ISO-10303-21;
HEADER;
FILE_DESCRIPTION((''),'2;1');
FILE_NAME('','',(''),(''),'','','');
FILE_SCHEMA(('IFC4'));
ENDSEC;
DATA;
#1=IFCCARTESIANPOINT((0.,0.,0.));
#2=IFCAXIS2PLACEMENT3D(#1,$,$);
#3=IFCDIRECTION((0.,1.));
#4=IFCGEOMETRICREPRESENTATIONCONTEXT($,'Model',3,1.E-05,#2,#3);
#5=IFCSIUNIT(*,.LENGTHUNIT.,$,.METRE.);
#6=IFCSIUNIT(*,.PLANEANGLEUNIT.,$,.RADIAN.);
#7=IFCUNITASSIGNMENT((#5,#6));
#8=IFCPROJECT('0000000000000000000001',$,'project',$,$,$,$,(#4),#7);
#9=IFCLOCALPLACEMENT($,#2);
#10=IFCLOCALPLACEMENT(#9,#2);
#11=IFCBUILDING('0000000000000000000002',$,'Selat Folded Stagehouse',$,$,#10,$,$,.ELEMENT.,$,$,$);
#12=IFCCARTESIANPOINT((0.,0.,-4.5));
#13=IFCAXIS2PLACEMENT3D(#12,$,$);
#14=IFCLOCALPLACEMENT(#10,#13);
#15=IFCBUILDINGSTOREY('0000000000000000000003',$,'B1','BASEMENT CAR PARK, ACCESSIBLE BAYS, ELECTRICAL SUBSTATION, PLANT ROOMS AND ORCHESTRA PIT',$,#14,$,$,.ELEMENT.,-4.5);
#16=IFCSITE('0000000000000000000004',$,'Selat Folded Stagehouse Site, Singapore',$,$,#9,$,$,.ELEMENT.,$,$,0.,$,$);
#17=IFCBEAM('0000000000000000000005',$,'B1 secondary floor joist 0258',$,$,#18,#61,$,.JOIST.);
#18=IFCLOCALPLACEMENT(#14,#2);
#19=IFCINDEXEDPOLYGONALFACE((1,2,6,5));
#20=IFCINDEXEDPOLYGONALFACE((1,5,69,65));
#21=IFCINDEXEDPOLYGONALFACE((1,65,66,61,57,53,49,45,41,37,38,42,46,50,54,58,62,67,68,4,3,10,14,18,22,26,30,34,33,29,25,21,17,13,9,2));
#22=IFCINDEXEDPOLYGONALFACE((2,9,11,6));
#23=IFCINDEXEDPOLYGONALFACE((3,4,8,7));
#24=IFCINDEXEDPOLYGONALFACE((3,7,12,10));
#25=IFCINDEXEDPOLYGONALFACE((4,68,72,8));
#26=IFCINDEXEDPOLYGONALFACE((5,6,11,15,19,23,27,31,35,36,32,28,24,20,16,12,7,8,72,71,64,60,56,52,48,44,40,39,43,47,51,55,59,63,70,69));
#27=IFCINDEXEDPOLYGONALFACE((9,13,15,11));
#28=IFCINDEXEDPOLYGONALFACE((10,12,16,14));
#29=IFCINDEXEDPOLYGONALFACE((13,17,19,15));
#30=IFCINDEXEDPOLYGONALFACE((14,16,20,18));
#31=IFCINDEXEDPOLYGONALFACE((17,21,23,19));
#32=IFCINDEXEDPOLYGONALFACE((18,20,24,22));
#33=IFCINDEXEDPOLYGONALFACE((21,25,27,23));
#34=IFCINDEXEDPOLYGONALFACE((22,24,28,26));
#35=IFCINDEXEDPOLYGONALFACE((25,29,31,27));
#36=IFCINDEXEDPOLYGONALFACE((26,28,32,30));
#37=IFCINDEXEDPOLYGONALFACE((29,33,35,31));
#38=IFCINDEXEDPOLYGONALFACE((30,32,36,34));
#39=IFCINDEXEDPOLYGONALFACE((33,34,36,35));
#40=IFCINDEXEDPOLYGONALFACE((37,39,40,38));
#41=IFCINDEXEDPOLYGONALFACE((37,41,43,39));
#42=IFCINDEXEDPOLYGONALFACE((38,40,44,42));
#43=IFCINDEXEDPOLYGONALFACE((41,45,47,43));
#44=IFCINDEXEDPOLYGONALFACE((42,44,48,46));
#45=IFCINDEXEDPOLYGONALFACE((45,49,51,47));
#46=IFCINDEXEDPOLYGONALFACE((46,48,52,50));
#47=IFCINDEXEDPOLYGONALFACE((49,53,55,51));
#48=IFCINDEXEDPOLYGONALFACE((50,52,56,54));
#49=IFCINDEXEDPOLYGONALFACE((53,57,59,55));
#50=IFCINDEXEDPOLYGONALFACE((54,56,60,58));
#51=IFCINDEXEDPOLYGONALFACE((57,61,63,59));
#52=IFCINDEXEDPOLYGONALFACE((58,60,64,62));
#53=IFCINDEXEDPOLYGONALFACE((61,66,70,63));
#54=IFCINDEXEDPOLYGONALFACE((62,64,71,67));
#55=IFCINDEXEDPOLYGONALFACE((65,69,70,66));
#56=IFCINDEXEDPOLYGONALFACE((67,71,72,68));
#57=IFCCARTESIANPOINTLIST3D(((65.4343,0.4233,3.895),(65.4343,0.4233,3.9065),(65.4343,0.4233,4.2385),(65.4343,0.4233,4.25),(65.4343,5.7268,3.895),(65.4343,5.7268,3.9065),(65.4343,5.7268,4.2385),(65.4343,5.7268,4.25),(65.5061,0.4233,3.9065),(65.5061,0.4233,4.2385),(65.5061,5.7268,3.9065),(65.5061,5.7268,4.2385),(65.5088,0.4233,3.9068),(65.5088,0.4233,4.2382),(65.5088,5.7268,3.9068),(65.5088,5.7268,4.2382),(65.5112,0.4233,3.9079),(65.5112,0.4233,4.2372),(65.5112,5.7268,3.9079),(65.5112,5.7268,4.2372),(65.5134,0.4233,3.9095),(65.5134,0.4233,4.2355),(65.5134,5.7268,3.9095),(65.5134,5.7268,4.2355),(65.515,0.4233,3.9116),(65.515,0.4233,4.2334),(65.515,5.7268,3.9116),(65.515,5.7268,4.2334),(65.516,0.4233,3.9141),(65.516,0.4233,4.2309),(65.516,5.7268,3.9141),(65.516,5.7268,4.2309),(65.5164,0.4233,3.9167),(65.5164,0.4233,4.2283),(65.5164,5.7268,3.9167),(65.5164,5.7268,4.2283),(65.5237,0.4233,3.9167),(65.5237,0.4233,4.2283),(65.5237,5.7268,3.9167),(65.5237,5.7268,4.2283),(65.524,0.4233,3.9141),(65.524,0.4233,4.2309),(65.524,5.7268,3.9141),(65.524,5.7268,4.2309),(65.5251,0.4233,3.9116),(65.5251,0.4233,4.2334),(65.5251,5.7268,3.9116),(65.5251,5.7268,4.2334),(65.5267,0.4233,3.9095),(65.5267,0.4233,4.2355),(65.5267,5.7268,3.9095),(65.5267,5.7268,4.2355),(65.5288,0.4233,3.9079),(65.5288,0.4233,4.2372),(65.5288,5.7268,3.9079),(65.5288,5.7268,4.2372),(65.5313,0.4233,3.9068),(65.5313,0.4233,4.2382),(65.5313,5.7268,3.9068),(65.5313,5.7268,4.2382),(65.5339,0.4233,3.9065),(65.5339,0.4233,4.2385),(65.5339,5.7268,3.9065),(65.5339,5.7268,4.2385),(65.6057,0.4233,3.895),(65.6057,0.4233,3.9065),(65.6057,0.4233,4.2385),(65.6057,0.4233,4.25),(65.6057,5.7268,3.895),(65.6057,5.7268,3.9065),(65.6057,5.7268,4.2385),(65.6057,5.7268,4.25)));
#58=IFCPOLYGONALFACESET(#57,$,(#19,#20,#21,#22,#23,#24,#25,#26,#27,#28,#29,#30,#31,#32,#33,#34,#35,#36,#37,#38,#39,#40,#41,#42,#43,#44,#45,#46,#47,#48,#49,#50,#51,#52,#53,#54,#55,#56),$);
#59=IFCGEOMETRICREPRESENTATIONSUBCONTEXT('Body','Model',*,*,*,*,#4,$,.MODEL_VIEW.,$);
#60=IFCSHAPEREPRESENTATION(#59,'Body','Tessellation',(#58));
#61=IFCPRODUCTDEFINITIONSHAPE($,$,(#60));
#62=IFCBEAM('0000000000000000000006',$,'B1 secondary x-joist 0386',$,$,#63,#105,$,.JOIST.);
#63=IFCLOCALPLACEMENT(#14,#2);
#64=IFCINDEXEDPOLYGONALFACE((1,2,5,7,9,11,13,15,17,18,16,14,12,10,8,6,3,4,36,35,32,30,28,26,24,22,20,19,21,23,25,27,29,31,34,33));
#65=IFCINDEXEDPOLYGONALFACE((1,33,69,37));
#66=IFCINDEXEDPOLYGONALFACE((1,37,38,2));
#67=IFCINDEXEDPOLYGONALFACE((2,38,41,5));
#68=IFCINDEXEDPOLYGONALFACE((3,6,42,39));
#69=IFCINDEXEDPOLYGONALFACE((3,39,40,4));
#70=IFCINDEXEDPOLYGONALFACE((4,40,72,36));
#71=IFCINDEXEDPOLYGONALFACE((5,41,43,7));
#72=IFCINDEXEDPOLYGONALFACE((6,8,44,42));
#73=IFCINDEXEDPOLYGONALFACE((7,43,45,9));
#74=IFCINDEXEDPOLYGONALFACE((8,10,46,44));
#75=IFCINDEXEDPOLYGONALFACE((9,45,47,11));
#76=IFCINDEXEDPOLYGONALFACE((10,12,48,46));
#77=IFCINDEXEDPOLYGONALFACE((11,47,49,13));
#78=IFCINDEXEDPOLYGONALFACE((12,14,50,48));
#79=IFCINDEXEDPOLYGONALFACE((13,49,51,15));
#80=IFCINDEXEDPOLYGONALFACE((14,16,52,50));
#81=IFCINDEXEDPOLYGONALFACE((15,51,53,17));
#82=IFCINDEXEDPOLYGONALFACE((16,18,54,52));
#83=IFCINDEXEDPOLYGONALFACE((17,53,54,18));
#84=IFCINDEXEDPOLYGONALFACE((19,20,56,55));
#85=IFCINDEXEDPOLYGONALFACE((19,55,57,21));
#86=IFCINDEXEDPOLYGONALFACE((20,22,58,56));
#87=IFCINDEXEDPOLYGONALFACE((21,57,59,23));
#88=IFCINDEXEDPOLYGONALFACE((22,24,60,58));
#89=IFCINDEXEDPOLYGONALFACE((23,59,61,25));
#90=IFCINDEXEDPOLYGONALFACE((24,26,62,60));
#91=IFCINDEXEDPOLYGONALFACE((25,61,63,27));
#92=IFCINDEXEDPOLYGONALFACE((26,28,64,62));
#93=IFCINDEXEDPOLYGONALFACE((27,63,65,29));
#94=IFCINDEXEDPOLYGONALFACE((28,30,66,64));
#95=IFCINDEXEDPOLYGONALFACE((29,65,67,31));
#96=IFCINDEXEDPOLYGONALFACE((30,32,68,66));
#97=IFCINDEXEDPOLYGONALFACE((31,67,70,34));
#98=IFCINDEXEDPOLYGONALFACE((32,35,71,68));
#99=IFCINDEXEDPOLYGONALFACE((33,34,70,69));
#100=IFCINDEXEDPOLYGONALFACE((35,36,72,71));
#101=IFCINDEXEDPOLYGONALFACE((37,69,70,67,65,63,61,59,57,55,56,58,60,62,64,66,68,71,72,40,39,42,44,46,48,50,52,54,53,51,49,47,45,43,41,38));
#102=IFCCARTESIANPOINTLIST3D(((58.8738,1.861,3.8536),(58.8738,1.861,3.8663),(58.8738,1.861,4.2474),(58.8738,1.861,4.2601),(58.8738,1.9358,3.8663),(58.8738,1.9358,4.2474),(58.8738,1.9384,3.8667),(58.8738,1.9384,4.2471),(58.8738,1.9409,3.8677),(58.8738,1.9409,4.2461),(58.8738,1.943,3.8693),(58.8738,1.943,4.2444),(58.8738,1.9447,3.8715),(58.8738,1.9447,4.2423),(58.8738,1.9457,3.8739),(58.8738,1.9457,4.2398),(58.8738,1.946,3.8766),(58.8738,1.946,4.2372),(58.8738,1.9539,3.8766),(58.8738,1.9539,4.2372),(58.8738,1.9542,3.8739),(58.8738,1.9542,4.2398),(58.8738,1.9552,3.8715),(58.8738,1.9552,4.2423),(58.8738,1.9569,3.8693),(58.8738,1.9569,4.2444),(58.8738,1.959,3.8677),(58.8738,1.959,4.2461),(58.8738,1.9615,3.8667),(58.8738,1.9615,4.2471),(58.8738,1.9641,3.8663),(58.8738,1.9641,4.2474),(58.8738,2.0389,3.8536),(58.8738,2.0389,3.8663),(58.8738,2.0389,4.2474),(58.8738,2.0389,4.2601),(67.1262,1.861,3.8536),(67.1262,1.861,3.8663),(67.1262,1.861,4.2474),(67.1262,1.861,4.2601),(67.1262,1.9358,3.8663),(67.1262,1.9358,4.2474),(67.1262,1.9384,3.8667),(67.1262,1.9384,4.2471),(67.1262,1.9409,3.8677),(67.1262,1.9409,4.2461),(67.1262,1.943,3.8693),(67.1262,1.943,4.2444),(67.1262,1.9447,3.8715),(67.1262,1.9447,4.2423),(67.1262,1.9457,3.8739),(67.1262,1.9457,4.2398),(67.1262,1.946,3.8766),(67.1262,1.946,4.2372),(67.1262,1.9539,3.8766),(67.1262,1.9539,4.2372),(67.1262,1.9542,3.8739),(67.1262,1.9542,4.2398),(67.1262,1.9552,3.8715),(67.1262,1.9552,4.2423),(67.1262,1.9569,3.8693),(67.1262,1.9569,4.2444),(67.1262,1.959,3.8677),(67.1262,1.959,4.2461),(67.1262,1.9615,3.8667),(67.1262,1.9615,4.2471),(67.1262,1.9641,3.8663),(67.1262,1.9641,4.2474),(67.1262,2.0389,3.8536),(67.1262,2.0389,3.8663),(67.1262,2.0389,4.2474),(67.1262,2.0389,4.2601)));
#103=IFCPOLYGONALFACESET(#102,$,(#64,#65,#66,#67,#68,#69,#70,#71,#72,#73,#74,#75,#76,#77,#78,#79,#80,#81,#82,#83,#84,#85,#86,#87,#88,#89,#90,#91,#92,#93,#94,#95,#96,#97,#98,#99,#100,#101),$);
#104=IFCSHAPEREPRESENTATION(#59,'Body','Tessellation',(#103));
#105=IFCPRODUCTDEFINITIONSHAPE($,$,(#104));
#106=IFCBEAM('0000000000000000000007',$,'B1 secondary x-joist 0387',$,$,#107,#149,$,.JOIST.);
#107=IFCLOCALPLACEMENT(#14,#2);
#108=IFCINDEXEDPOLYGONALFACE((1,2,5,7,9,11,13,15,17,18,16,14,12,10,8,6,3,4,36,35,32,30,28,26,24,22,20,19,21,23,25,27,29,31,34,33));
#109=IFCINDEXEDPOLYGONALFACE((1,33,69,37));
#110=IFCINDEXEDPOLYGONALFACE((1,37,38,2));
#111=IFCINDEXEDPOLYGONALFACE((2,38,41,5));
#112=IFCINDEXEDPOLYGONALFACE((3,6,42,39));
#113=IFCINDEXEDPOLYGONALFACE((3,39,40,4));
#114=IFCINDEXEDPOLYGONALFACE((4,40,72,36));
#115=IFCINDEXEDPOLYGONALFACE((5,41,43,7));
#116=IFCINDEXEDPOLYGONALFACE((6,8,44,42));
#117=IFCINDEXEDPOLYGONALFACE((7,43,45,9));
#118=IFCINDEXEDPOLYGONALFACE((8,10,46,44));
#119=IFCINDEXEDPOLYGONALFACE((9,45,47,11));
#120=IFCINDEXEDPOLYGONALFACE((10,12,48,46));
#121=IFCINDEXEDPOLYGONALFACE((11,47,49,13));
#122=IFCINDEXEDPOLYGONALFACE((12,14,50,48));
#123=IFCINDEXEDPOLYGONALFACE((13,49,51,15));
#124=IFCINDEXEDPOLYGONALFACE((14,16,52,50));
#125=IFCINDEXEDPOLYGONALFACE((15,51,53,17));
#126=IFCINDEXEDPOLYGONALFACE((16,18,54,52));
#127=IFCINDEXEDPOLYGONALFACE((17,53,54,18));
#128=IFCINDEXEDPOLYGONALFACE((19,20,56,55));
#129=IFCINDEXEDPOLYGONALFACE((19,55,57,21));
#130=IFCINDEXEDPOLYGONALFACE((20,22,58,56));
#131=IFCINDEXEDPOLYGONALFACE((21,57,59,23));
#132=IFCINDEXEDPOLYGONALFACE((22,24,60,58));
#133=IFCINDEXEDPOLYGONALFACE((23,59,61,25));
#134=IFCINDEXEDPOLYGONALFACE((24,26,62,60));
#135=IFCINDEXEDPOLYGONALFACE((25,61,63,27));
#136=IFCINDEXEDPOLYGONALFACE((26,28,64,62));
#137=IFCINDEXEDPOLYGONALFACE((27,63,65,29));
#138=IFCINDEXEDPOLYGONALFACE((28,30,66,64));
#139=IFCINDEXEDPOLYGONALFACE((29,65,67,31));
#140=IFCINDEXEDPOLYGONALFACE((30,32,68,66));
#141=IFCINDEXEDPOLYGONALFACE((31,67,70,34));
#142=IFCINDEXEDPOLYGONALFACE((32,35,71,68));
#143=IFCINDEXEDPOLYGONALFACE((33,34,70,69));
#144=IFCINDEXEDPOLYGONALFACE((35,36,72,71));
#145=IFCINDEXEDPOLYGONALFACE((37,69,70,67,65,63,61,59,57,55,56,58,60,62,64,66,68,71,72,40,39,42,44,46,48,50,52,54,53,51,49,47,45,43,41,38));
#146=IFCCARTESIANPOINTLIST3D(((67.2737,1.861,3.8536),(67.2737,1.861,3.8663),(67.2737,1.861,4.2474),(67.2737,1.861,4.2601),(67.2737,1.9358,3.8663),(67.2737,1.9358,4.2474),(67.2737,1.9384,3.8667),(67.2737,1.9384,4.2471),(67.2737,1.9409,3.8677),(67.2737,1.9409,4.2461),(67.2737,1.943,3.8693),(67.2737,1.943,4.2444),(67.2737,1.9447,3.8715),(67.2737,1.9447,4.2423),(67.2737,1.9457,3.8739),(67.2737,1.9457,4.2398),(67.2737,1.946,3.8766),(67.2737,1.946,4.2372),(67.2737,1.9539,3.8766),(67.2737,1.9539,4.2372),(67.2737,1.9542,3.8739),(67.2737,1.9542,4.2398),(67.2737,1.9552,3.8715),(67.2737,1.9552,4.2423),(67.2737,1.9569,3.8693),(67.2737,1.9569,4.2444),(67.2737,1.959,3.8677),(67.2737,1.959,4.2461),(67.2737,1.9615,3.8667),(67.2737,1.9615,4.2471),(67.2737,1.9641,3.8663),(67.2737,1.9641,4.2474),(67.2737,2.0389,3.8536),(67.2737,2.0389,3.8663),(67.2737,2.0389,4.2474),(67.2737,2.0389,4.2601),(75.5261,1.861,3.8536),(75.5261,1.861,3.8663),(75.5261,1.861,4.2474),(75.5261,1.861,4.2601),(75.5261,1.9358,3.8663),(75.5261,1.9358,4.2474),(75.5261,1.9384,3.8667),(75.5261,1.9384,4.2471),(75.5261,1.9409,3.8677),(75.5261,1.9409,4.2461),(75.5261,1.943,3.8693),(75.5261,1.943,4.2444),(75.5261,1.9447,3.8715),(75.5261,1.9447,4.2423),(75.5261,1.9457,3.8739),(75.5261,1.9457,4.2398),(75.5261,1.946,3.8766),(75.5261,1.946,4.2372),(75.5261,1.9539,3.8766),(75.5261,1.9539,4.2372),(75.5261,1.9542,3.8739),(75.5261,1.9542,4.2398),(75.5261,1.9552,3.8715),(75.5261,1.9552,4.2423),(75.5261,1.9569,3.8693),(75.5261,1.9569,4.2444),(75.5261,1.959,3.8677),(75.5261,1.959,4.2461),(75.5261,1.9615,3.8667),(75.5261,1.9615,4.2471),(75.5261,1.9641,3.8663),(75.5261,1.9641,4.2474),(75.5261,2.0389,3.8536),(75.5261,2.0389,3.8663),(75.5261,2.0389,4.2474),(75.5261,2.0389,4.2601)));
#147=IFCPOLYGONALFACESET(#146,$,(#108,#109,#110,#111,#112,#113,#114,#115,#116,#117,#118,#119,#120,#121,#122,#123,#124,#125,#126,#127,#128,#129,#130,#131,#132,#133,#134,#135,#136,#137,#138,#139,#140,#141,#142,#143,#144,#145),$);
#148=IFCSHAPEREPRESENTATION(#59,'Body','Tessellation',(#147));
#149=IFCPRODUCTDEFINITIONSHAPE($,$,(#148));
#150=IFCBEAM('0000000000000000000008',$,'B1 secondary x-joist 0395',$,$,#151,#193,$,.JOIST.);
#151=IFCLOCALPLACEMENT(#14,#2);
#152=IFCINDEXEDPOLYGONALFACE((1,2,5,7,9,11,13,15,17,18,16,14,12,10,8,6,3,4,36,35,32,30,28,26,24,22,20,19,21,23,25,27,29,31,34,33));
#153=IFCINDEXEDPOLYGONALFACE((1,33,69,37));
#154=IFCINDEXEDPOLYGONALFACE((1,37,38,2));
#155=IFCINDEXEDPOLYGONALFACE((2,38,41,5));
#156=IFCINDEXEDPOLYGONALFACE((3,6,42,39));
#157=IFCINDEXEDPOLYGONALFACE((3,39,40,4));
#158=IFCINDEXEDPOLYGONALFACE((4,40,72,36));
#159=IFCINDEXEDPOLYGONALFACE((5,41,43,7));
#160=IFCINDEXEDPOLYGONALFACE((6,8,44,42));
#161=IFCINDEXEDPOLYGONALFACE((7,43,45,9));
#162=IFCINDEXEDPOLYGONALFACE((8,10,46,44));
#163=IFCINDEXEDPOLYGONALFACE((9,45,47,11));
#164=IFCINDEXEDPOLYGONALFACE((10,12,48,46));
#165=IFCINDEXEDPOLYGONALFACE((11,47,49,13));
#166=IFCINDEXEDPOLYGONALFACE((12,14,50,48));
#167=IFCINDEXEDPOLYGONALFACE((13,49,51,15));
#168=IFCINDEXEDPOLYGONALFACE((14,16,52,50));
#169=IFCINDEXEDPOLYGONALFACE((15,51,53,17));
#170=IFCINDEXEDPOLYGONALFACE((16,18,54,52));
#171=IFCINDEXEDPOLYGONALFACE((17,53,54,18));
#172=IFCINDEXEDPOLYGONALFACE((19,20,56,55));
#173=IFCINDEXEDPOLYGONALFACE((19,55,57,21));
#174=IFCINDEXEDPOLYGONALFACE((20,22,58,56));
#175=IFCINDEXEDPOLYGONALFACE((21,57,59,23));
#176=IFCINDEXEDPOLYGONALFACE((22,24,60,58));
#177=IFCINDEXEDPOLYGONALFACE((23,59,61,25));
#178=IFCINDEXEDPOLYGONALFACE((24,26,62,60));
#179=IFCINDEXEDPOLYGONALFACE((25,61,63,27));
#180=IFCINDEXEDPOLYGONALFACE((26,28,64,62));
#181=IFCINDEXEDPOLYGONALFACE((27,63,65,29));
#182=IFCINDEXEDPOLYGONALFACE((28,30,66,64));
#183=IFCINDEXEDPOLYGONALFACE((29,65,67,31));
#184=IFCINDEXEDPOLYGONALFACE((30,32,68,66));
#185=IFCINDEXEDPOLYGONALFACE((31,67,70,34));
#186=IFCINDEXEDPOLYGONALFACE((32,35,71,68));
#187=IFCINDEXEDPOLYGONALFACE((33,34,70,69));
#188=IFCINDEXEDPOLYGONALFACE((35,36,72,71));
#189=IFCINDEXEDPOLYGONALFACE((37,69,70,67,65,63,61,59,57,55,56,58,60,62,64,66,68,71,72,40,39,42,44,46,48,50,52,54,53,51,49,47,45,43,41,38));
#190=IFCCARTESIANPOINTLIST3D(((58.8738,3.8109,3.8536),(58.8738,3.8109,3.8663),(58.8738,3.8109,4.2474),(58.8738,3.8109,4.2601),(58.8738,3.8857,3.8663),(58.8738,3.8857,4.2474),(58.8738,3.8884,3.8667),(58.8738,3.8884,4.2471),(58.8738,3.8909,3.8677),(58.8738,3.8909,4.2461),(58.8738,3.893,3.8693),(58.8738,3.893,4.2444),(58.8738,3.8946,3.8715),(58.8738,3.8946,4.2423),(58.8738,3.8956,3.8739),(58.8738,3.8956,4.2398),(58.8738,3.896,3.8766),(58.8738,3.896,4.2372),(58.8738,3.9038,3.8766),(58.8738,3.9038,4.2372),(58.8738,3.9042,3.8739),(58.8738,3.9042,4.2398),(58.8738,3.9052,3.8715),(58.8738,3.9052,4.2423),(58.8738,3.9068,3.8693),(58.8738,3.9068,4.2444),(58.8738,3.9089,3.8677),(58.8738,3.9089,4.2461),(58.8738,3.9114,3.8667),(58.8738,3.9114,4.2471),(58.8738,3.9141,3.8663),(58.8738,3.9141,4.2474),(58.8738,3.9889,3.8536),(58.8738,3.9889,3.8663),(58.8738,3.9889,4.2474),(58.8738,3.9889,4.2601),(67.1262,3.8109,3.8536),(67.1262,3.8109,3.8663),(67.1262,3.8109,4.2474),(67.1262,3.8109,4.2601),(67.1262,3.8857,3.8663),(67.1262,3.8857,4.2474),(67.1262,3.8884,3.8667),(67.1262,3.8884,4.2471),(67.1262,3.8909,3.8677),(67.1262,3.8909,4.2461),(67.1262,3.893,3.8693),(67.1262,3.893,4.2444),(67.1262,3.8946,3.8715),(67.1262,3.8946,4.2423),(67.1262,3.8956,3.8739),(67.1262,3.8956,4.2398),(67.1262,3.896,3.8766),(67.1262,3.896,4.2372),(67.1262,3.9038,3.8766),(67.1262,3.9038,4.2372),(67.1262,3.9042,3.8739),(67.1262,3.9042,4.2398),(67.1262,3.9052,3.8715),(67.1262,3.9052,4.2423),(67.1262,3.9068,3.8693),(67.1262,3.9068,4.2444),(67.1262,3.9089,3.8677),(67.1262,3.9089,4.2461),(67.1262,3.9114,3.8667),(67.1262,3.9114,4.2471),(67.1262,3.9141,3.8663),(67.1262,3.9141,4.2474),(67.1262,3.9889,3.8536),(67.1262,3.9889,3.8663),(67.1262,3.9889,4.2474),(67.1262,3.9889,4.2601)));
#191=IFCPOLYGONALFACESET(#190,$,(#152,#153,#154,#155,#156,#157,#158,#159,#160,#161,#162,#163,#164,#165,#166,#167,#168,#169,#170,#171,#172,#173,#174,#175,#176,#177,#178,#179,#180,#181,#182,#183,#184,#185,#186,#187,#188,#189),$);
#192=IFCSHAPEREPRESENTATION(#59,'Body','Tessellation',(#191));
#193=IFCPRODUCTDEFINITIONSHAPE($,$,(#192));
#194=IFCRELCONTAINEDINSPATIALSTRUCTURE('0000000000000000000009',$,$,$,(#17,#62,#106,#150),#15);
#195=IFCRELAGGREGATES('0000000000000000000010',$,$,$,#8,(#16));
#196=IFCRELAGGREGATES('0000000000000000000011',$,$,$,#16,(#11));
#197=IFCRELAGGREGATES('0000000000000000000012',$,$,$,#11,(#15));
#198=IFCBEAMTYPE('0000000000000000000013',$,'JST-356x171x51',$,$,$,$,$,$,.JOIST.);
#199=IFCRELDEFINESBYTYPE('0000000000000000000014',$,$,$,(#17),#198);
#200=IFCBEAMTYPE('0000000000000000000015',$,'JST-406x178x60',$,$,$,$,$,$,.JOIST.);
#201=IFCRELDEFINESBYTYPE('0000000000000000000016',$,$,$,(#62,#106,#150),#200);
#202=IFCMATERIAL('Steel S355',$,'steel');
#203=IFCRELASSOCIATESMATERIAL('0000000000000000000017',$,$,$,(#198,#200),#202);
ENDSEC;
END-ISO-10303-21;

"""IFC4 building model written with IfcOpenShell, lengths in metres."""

from ifc_helpers import new_model, si_unit, direction, frame, origin, origin_2d, place, context, subcontext, project, spatial, i_section, extrude, material, material_profile, profile_set, type_object, element, save


model = new_model("IFC4")

# Units and contexts
model_context = context("Model", 3, precision=1e-05, world=origin(), true_north=direction((0.0, 1.0)))
body_context = subcontext(model_context, "Body", "Model", "MODEL_VIEW")
ifc_project = project(units=[si_unit("LENGTHUNIT", "METRE"), si_unit("PLANEANGLEUNIT", "RADIAN")], contexts=[model_context])

# Site, building, storey
site_placement = place(None, origin())
site = spatial("IfcSite", under=ifc_project, at=site_placement, Name="Selat Folded Stagehouse Site, Singapore", CompositionType="ELEMENT", RefElevation=0.0)
building_placement = place(site_placement, origin())
building = spatial("IfcBuilding", under=site, at=building_placement, Name="Selat Folded Stagehouse", CompositionType="ELEMENT")
storey_placement = place(building_placement, frame((0.0, 0.0, -4.5)))
storey = spatial("IfcBuildingStorey", under=building, at=storey_placement, Name="B1", Description="BASEMENT CAR PARK, ACCESSIBLE BAYS, ELECTRICAL SUBSTATION, PLANT ROOMS AND ORCHESTRA PIT", CompositionType="ELEMENT", Elevation=-4.5)

# Shared definitions
ifc_material_1 = material(Name="Steel S355", Category="steel")

# Beams
ifc_material_profile_1 = material_profile(ifc_material_1, i_section(OverallWidth=0.1714, OverallDepth=0.355, WebThickness=0.0073, FlangeThickness=0.0115, FilletRadius=0.0103, at=origin_2d()), Name="UKB 356x171x51")
ifc_profile_set_1 = profile_set([ifc_material_profile_1], Name="Steel S355")
beam_type_1 = type_object("IfcBeamType", Name="JST-356x171x51", PredefinedType="JOIST", material=ifc_profile_set_1)
beam_1_placement = place(storey_placement, frame((65.52, 0.4233, 4.0725), z_axis=(0.0, 1.0, 0.0), x_axis=(-1.0, 0.0, 0.0)))
element("IfcBeam", 1, at=beam_1_placement, inside=storey, type_object=beam_type_1, Name="B1 secondary floor joist 0258", PredefinedType="JOIST", context=body_context, shape_type="SweptSolid", body=[
    extrude(i_section(OverallWidth=0.1714, OverallDepth=0.355, WebThickness=0.0073, FlangeThickness=0.0115, FilletRadius=0.0103, at=origin_2d()), origin(), (0.0, 0.0, 1.0), 5.3035),
])
ifc_material_profile_2 = material_profile(ifc_material_1, i_section(OverallWidth=0.178, OverallDepth=0.4065, WebThickness=0.0078, FlangeThickness=0.0127, FilletRadius=0.0103, at=origin_2d()), Name="UKB 406x178x60")
ifc_profile_set_2 = profile_set([ifc_material_profile_2], Name="Steel S355")
beam_type_2 = type_object("IfcBeamType", Name="JST-406x178x60", PredefinedType="JOIST", material=ifc_profile_set_2)
for number, where, z_axis, x_axis, name in (
    (2, (58.8738, 1.95, 4.0569), (1.0, 0.0, 0.0), (0.0, 1.0, 0.0), "B1 secondary x-joist 0386"),
    (3, (67.2737, 1.95, 4.0569), (1.0, 0.0, 0.0), (0.0, 1.0, 0.0), "B1 secondary x-joist 0387"),
    (4, (58.8738, 3.8999, 4.0569), (1.0, 0.0, 0.0), (0.0, 1.0, 0.0), "B1 secondary x-joist 0395"),
):
    element("IfcBeam", number, at=place(storey_placement, frame(where, z_axis=z_axis, x_axis=x_axis)), inside=storey, type_object=beam_type_2, Name=name, PredefinedType="JOIST", context=body_context, shape_type="SweptSolid", body=[
        extrude(i_section(OverallWidth=0.178, OverallDepth=0.4065, WebThickness=0.0078, FlangeThickness=0.0127, FilletRadius=0.0103, at=origin_2d()), origin(), (0.0, 0.0, 1.0), 8.2524),
    ])

save(model, "model.ifc")
